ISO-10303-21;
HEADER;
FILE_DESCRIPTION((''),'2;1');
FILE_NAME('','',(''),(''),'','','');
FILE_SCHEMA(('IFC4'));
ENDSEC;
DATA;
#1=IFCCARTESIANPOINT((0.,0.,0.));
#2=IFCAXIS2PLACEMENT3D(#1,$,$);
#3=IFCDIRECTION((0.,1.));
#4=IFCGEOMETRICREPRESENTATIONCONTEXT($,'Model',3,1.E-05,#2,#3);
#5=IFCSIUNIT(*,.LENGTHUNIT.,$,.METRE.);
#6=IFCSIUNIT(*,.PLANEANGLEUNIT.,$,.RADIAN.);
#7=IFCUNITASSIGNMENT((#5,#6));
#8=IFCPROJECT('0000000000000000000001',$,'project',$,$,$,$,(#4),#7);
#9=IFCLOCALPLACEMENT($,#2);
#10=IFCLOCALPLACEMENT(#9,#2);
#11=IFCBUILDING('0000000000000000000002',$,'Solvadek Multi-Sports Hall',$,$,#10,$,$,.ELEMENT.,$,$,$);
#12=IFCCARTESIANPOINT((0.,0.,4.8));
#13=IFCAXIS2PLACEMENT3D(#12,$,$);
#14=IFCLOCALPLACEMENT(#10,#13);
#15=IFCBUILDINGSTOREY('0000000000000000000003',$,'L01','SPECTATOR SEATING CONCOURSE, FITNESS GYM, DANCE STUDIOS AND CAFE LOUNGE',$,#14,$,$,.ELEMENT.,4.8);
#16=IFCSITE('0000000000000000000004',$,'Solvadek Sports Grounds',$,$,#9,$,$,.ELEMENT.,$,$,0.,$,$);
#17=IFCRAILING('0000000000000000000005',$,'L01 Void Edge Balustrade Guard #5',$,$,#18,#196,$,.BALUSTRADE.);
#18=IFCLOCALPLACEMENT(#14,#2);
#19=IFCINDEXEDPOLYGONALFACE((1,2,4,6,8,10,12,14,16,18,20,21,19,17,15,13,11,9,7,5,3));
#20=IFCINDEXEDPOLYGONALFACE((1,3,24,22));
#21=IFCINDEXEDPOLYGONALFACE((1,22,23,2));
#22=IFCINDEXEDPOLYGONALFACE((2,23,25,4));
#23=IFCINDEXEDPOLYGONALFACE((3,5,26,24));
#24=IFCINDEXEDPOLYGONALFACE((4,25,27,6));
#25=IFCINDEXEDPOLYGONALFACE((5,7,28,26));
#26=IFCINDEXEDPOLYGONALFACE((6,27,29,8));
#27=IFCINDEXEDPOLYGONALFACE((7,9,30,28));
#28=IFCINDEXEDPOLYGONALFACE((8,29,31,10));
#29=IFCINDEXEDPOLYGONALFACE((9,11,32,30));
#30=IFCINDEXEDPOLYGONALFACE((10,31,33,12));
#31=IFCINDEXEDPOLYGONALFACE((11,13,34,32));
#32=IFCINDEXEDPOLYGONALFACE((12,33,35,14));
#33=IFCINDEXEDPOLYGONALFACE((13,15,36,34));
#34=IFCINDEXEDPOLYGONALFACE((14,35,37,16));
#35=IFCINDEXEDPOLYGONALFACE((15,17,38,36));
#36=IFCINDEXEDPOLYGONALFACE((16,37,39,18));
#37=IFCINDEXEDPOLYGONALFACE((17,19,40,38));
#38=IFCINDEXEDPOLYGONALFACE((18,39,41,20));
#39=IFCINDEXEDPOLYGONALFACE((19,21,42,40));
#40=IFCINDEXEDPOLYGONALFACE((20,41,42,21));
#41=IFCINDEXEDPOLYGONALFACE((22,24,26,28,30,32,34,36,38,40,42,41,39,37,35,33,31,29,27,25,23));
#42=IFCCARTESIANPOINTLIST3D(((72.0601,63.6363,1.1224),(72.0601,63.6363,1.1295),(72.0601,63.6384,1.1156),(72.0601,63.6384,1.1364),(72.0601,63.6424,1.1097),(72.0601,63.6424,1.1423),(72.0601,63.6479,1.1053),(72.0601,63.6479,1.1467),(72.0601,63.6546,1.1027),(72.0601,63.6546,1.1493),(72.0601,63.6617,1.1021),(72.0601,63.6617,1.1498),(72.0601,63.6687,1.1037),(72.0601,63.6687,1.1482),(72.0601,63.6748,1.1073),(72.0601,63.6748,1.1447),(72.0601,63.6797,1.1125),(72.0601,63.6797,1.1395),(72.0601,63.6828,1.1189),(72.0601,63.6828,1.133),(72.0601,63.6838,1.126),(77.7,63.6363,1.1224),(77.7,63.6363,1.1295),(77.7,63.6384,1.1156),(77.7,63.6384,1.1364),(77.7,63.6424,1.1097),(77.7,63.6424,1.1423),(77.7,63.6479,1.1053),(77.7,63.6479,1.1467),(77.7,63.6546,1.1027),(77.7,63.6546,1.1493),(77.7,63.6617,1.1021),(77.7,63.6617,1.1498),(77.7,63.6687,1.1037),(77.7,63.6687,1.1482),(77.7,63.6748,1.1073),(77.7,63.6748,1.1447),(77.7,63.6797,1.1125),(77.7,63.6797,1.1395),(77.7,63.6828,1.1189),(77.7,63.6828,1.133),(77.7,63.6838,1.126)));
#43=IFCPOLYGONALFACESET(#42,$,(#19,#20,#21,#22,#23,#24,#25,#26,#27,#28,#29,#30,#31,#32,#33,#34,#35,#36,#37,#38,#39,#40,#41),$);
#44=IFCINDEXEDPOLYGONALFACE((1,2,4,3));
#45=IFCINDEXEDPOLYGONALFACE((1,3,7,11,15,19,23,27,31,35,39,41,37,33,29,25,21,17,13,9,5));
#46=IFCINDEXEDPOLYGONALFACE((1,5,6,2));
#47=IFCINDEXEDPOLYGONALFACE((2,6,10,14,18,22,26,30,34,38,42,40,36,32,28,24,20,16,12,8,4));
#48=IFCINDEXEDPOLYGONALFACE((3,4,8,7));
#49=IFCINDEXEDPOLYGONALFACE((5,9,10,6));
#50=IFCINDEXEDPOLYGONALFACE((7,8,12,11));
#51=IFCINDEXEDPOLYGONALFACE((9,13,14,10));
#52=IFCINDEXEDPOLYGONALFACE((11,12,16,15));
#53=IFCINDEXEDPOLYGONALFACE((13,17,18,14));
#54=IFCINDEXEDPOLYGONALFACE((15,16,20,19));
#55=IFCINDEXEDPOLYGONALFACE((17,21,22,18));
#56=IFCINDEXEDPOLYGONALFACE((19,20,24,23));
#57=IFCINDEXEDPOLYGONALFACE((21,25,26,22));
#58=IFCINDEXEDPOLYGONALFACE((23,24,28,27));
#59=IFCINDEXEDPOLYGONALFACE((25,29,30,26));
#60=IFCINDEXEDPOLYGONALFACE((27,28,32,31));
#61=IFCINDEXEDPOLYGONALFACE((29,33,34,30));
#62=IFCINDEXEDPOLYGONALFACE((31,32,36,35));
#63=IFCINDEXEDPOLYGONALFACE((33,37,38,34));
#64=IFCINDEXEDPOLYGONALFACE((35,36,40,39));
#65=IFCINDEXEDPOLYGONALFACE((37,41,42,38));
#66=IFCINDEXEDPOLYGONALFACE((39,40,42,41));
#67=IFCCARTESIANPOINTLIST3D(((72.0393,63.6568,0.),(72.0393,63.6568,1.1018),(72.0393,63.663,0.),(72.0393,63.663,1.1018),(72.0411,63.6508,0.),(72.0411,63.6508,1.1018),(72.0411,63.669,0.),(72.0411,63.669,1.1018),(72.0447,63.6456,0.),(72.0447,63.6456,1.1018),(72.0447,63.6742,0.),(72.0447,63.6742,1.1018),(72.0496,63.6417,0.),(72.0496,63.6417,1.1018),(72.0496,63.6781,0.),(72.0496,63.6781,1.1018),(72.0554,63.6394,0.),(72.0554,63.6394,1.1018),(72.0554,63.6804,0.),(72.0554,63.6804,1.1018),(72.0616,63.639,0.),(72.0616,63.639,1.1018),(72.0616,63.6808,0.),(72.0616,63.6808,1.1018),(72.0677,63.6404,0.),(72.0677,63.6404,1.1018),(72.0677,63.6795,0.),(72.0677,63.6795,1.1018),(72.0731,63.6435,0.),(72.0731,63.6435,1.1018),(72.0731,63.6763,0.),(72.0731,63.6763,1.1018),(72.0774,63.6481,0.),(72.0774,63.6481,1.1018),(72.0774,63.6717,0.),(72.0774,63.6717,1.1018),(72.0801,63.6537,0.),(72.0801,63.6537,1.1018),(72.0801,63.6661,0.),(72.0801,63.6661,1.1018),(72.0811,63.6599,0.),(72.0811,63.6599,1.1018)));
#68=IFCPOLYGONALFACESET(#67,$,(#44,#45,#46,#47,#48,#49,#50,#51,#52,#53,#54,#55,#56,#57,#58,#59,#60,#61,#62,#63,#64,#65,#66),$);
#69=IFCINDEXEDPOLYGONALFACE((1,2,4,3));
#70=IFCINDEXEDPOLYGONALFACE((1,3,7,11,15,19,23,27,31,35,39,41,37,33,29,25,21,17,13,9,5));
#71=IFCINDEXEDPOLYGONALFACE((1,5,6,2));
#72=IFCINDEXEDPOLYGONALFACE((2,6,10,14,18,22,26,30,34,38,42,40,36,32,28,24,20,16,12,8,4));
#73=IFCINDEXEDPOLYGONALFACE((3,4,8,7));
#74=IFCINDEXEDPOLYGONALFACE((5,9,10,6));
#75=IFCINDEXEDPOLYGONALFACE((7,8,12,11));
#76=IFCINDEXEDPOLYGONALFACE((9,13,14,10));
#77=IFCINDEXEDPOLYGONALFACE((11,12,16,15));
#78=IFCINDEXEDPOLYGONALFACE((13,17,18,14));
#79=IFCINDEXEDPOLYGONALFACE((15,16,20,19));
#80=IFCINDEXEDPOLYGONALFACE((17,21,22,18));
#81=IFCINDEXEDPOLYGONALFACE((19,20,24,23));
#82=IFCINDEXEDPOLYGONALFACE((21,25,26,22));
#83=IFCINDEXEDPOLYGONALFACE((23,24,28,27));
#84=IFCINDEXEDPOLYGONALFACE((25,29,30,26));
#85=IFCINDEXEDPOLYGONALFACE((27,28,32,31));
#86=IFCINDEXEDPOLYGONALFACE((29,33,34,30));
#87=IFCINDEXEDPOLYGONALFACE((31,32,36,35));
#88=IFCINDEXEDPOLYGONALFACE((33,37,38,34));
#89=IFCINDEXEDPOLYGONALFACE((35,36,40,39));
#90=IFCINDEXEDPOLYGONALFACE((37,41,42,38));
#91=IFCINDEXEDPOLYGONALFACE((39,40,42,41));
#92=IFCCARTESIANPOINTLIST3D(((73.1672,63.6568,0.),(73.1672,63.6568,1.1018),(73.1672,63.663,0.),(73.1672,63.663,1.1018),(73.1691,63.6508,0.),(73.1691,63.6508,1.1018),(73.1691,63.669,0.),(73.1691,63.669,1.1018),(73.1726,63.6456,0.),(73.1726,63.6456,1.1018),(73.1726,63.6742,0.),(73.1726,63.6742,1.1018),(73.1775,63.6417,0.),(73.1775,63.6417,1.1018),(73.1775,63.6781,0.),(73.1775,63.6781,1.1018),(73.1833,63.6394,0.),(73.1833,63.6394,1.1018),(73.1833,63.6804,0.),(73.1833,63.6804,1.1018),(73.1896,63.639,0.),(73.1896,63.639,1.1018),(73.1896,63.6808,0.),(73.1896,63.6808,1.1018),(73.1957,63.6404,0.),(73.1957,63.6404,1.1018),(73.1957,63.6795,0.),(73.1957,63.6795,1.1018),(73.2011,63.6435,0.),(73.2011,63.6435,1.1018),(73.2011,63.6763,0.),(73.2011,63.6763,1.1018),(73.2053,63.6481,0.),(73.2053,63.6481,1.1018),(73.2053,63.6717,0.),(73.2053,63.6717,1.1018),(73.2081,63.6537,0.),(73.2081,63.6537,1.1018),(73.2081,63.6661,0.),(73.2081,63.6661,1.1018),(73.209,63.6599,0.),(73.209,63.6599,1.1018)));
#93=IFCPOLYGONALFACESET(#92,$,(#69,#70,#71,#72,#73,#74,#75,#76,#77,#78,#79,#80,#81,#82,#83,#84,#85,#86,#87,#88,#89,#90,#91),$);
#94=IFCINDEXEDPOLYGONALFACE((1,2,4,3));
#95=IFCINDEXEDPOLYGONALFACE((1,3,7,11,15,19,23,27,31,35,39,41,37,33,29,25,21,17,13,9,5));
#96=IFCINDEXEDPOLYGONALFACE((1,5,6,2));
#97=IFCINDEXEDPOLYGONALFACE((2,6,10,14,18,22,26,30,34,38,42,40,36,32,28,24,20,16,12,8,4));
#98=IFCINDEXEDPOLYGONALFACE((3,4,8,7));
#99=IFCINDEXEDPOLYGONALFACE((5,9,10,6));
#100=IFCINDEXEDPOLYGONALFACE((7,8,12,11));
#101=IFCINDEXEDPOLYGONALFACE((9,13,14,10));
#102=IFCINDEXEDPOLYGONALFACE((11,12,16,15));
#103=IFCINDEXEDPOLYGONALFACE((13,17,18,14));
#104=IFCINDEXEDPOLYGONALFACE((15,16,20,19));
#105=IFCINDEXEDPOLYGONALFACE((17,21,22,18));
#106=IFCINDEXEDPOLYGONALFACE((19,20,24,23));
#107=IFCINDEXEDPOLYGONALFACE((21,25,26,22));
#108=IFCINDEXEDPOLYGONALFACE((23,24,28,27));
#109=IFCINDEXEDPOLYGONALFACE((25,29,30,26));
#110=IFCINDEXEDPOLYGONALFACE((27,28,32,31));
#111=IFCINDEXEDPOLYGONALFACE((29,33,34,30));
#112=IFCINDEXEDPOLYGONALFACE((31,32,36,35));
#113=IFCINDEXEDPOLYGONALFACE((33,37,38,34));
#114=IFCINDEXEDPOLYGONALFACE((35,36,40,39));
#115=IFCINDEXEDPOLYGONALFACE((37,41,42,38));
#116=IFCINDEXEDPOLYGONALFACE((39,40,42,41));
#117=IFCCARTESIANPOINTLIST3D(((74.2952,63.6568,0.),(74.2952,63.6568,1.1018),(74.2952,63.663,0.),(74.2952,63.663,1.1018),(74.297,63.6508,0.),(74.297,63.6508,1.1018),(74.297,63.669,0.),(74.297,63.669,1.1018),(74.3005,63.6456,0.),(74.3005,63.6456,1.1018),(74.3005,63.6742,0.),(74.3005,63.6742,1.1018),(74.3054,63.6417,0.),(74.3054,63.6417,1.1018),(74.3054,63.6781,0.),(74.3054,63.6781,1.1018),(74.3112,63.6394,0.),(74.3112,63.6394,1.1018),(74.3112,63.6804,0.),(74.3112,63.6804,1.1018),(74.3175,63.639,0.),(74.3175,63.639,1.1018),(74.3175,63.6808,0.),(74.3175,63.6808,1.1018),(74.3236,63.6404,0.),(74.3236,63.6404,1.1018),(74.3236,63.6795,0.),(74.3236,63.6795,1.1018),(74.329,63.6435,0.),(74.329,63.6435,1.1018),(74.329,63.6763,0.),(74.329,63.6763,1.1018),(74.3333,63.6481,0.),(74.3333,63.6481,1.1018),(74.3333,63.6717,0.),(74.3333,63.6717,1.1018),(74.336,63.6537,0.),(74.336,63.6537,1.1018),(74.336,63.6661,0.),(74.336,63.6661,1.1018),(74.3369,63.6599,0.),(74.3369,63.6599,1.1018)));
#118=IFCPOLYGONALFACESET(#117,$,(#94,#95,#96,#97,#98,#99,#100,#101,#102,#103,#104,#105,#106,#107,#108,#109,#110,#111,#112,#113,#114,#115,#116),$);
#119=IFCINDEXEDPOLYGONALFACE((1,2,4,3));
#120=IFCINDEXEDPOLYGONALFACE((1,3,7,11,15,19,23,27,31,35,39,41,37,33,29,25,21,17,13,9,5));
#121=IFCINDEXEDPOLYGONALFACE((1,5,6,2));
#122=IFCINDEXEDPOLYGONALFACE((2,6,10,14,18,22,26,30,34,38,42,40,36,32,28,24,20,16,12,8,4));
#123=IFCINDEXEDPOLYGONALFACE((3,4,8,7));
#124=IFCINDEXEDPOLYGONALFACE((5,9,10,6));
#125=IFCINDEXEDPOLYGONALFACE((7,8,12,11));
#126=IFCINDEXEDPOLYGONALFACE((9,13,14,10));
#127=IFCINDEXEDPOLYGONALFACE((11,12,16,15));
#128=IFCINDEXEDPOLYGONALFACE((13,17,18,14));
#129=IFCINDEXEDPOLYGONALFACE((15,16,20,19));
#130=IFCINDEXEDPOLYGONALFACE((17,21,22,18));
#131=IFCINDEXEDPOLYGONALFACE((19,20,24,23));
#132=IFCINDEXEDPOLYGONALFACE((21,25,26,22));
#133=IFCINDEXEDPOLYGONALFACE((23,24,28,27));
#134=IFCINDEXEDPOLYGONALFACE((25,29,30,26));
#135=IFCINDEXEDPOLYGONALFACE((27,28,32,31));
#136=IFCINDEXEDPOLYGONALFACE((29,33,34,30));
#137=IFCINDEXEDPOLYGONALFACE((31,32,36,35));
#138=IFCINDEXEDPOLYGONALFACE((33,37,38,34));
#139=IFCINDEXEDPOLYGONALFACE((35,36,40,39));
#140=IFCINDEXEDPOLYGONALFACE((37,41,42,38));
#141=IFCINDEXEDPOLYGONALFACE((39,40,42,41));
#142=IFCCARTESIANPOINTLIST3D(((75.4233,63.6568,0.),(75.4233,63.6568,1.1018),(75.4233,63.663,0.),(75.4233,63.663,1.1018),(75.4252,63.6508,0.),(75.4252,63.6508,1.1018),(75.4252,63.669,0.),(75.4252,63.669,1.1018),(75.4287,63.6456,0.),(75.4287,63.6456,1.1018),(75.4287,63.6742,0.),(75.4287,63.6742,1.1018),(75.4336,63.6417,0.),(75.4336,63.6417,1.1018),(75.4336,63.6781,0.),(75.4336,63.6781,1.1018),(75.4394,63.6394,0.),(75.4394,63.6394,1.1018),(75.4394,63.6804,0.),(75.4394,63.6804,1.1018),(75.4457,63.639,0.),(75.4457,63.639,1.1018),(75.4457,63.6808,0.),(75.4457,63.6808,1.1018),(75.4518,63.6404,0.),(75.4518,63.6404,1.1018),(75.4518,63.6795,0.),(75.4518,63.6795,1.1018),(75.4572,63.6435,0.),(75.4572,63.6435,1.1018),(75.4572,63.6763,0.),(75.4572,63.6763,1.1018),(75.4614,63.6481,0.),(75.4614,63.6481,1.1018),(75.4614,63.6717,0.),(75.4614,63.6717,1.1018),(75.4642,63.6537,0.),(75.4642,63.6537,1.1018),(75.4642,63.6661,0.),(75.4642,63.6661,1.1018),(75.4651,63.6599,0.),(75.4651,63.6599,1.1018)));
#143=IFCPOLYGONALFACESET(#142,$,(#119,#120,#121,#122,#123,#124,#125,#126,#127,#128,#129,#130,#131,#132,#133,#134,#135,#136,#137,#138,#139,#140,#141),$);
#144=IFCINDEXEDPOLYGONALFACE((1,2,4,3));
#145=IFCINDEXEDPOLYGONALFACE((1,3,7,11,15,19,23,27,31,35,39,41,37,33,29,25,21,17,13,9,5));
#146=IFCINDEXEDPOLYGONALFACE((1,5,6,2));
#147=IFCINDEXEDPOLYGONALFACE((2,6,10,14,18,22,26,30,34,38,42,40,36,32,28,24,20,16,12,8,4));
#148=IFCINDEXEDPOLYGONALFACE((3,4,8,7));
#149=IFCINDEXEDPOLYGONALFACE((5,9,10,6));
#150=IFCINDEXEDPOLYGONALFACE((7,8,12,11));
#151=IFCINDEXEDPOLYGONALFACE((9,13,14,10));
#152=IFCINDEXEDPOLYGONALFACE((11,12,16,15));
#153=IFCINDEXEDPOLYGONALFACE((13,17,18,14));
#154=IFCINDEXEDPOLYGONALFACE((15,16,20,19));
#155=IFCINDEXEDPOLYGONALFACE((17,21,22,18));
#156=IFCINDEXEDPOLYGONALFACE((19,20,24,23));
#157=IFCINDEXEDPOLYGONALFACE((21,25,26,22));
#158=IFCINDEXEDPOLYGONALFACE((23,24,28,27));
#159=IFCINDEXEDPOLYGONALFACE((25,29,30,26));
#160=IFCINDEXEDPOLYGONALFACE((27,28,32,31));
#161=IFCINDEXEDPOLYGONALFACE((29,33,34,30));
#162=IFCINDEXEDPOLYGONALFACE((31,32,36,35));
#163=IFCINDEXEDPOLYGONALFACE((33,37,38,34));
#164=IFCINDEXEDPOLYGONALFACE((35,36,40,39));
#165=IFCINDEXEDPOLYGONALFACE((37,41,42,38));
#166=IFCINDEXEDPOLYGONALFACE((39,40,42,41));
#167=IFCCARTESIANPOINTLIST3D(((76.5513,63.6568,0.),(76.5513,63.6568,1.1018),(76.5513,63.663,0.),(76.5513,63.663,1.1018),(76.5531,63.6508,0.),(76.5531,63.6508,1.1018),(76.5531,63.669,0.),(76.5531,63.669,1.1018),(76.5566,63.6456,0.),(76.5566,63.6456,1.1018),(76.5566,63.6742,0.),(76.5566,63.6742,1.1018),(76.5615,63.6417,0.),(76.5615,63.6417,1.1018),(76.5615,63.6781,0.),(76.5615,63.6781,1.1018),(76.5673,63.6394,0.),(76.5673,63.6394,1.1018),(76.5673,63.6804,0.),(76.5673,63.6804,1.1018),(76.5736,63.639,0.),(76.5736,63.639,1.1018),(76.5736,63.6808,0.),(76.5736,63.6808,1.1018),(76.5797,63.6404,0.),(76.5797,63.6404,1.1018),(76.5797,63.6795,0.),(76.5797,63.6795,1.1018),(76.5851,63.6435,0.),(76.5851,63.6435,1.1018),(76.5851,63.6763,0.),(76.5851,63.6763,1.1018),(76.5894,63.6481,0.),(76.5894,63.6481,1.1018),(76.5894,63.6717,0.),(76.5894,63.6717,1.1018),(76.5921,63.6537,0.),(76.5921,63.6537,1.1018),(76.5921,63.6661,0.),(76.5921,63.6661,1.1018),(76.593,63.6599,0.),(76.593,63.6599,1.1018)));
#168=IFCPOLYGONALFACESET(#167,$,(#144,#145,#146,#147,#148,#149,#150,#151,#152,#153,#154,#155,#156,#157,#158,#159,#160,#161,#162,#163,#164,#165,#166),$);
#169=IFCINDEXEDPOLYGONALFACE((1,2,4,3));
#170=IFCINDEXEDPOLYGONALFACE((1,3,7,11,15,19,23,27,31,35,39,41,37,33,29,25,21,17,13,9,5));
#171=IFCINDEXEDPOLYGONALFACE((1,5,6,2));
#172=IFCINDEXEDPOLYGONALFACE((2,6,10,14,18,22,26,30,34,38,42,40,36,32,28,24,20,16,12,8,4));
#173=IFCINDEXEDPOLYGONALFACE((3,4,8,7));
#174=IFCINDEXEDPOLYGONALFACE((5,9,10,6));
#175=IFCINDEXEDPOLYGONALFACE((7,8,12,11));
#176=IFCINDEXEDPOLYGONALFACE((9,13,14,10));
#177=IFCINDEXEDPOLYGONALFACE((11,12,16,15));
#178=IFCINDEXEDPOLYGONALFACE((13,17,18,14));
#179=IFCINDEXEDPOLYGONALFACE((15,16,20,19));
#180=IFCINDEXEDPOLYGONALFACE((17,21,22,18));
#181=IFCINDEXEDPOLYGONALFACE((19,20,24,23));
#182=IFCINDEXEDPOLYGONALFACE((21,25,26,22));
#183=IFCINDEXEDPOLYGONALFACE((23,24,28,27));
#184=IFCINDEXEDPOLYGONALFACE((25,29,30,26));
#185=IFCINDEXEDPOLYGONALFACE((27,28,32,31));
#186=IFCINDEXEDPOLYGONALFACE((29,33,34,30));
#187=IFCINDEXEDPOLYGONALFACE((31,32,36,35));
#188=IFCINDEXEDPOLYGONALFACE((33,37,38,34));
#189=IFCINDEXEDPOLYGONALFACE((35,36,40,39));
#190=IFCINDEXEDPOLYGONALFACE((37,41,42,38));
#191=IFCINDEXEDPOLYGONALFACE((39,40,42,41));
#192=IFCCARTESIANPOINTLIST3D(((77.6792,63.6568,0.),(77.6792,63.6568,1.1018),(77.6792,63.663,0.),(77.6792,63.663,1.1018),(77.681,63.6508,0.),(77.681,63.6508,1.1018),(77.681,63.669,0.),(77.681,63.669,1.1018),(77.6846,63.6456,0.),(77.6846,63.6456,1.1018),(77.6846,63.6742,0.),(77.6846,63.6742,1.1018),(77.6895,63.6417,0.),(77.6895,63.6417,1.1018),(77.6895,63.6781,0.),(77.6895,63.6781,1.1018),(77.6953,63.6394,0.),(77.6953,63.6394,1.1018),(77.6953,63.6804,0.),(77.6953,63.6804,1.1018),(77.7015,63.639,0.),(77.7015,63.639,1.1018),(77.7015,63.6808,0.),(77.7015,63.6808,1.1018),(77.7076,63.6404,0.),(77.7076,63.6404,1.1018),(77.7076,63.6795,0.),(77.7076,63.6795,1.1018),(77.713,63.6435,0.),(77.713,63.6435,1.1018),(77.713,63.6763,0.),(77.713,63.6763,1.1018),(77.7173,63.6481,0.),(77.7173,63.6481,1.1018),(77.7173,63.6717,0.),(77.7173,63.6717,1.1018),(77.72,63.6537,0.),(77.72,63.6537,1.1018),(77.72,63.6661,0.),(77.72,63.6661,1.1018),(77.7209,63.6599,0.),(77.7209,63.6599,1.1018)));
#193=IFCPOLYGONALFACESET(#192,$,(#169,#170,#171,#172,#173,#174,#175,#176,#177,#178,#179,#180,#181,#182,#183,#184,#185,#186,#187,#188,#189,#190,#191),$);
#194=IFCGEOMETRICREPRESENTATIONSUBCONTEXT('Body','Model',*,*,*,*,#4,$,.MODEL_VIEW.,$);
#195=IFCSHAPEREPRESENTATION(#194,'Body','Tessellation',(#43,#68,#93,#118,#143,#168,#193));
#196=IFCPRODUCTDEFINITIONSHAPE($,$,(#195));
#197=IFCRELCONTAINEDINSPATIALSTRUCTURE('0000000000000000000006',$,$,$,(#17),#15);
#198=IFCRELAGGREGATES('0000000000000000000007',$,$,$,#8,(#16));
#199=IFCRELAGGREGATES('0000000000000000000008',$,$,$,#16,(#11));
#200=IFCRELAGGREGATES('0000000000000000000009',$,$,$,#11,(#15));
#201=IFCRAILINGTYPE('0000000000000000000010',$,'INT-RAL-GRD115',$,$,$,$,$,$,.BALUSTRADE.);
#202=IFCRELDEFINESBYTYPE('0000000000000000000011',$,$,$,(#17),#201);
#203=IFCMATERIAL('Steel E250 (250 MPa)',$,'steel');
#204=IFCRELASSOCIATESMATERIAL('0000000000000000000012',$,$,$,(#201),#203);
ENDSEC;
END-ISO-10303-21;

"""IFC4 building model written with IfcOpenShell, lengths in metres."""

from ifc_helpers import new_model, si_unit, direction, frame, origin, origin_2d, place, context, subcontext, project, spatial, circle, extrude, material, type_object, element, save


model = new_model("IFC4")

# Units and contexts
model_context = context("Model", 3, precision=1e-05, world=origin(), true_north=direction((0.0, 1.0)))
body_context = subcontext(model_context, "Body", "Model", "MODEL_VIEW")
ifc_project = project(units=[si_unit("LENGTHUNIT", "METRE"), si_unit("PLANEANGLEUNIT", "RADIAN")], contexts=[model_context])

# Site, building, storey
site_placement = place(None, origin())
site = spatial("IfcSite", under=ifc_project, at=site_placement, Name="Solvadek Sports Grounds", CompositionType="ELEMENT", RefElevation=0.0)
building_placement = place(site_placement, origin())
building = spatial("IfcBuilding", under=site, at=building_placement, Name="Solvadek Multi-Sports Hall", CompositionType="ELEMENT")
storey_placement = place(building_placement, frame((0.0, 0.0, 4.8)))
storey = spatial("IfcBuildingStorey", under=building, at=storey_placement, Name="L01", Description="SPECTATOR SEATING CONCOURSE, FITNESS GYM, DANCE STUDIOS AND CAFE LOUNGE", CompositionType="ELEMENT", Elevation=4.8)

# Shared definitions
ifc_material_1 = material(Name="Steel E250 (250 MPa)", Category="steel")

# Railing
railing_type = type_object("IfcRailingType", Name="INT-RAL-GRD115", PredefinedType="BALUSTRADE", material=ifc_material_1)
railing_1_placement = place(storey_placement, frame((72.0601, 63.6599, 0.0)))
element("IfcRailing", 1, at=railing_1_placement, inside=storey, type_object=railing_type, Name="L01 Void Edge Balustrade Guard #5", PredefinedType="BALUSTRADE", context=body_context, shape_type="SweptSolid", body=[
    extrude(circle(Radius=0.0239, at=origin_2d()), frame((0.0, 0.0, 1.126), z_axis=(1.0, 0.0, 0.0), x_axis=(0.0, 1.0, 0.0)), (0.0, 0.0, 1.0), 5.6399),
    extrude(circle(Radius=0.021, at=origin_2d()), origin(), (0.0, 0.0, 1.0), 1.1018),
    extrude(circle(Radius=0.021, at=origin_2d()), frame((1.1279, 0.0, 0.0)), (0.0, 0.0, 1.0), 1.1018),
    extrude(circle(Radius=0.021, at=origin_2d()), frame((2.2559, 0.0, 0.0)), (0.0, 0.0, 1.0), 1.1018),
    extrude(circle(Radius=0.021, at=origin_2d()), frame((3.384, 0.0, 0.0)), (0.0, 0.0, 1.0), 1.1018),
    extrude(circle(Radius=0.021, at=origin_2d()), frame((4.512, 0.0, 0.0)), (0.0, 0.0, 1.0), 1.1018),
    extrude(circle(Radius=0.021, at=origin_2d()), frame((5.6399, 0.0, 0.0)), (0.0, 0.0, 1.0), 1.1018),
])

save(model, "model.ifc")
